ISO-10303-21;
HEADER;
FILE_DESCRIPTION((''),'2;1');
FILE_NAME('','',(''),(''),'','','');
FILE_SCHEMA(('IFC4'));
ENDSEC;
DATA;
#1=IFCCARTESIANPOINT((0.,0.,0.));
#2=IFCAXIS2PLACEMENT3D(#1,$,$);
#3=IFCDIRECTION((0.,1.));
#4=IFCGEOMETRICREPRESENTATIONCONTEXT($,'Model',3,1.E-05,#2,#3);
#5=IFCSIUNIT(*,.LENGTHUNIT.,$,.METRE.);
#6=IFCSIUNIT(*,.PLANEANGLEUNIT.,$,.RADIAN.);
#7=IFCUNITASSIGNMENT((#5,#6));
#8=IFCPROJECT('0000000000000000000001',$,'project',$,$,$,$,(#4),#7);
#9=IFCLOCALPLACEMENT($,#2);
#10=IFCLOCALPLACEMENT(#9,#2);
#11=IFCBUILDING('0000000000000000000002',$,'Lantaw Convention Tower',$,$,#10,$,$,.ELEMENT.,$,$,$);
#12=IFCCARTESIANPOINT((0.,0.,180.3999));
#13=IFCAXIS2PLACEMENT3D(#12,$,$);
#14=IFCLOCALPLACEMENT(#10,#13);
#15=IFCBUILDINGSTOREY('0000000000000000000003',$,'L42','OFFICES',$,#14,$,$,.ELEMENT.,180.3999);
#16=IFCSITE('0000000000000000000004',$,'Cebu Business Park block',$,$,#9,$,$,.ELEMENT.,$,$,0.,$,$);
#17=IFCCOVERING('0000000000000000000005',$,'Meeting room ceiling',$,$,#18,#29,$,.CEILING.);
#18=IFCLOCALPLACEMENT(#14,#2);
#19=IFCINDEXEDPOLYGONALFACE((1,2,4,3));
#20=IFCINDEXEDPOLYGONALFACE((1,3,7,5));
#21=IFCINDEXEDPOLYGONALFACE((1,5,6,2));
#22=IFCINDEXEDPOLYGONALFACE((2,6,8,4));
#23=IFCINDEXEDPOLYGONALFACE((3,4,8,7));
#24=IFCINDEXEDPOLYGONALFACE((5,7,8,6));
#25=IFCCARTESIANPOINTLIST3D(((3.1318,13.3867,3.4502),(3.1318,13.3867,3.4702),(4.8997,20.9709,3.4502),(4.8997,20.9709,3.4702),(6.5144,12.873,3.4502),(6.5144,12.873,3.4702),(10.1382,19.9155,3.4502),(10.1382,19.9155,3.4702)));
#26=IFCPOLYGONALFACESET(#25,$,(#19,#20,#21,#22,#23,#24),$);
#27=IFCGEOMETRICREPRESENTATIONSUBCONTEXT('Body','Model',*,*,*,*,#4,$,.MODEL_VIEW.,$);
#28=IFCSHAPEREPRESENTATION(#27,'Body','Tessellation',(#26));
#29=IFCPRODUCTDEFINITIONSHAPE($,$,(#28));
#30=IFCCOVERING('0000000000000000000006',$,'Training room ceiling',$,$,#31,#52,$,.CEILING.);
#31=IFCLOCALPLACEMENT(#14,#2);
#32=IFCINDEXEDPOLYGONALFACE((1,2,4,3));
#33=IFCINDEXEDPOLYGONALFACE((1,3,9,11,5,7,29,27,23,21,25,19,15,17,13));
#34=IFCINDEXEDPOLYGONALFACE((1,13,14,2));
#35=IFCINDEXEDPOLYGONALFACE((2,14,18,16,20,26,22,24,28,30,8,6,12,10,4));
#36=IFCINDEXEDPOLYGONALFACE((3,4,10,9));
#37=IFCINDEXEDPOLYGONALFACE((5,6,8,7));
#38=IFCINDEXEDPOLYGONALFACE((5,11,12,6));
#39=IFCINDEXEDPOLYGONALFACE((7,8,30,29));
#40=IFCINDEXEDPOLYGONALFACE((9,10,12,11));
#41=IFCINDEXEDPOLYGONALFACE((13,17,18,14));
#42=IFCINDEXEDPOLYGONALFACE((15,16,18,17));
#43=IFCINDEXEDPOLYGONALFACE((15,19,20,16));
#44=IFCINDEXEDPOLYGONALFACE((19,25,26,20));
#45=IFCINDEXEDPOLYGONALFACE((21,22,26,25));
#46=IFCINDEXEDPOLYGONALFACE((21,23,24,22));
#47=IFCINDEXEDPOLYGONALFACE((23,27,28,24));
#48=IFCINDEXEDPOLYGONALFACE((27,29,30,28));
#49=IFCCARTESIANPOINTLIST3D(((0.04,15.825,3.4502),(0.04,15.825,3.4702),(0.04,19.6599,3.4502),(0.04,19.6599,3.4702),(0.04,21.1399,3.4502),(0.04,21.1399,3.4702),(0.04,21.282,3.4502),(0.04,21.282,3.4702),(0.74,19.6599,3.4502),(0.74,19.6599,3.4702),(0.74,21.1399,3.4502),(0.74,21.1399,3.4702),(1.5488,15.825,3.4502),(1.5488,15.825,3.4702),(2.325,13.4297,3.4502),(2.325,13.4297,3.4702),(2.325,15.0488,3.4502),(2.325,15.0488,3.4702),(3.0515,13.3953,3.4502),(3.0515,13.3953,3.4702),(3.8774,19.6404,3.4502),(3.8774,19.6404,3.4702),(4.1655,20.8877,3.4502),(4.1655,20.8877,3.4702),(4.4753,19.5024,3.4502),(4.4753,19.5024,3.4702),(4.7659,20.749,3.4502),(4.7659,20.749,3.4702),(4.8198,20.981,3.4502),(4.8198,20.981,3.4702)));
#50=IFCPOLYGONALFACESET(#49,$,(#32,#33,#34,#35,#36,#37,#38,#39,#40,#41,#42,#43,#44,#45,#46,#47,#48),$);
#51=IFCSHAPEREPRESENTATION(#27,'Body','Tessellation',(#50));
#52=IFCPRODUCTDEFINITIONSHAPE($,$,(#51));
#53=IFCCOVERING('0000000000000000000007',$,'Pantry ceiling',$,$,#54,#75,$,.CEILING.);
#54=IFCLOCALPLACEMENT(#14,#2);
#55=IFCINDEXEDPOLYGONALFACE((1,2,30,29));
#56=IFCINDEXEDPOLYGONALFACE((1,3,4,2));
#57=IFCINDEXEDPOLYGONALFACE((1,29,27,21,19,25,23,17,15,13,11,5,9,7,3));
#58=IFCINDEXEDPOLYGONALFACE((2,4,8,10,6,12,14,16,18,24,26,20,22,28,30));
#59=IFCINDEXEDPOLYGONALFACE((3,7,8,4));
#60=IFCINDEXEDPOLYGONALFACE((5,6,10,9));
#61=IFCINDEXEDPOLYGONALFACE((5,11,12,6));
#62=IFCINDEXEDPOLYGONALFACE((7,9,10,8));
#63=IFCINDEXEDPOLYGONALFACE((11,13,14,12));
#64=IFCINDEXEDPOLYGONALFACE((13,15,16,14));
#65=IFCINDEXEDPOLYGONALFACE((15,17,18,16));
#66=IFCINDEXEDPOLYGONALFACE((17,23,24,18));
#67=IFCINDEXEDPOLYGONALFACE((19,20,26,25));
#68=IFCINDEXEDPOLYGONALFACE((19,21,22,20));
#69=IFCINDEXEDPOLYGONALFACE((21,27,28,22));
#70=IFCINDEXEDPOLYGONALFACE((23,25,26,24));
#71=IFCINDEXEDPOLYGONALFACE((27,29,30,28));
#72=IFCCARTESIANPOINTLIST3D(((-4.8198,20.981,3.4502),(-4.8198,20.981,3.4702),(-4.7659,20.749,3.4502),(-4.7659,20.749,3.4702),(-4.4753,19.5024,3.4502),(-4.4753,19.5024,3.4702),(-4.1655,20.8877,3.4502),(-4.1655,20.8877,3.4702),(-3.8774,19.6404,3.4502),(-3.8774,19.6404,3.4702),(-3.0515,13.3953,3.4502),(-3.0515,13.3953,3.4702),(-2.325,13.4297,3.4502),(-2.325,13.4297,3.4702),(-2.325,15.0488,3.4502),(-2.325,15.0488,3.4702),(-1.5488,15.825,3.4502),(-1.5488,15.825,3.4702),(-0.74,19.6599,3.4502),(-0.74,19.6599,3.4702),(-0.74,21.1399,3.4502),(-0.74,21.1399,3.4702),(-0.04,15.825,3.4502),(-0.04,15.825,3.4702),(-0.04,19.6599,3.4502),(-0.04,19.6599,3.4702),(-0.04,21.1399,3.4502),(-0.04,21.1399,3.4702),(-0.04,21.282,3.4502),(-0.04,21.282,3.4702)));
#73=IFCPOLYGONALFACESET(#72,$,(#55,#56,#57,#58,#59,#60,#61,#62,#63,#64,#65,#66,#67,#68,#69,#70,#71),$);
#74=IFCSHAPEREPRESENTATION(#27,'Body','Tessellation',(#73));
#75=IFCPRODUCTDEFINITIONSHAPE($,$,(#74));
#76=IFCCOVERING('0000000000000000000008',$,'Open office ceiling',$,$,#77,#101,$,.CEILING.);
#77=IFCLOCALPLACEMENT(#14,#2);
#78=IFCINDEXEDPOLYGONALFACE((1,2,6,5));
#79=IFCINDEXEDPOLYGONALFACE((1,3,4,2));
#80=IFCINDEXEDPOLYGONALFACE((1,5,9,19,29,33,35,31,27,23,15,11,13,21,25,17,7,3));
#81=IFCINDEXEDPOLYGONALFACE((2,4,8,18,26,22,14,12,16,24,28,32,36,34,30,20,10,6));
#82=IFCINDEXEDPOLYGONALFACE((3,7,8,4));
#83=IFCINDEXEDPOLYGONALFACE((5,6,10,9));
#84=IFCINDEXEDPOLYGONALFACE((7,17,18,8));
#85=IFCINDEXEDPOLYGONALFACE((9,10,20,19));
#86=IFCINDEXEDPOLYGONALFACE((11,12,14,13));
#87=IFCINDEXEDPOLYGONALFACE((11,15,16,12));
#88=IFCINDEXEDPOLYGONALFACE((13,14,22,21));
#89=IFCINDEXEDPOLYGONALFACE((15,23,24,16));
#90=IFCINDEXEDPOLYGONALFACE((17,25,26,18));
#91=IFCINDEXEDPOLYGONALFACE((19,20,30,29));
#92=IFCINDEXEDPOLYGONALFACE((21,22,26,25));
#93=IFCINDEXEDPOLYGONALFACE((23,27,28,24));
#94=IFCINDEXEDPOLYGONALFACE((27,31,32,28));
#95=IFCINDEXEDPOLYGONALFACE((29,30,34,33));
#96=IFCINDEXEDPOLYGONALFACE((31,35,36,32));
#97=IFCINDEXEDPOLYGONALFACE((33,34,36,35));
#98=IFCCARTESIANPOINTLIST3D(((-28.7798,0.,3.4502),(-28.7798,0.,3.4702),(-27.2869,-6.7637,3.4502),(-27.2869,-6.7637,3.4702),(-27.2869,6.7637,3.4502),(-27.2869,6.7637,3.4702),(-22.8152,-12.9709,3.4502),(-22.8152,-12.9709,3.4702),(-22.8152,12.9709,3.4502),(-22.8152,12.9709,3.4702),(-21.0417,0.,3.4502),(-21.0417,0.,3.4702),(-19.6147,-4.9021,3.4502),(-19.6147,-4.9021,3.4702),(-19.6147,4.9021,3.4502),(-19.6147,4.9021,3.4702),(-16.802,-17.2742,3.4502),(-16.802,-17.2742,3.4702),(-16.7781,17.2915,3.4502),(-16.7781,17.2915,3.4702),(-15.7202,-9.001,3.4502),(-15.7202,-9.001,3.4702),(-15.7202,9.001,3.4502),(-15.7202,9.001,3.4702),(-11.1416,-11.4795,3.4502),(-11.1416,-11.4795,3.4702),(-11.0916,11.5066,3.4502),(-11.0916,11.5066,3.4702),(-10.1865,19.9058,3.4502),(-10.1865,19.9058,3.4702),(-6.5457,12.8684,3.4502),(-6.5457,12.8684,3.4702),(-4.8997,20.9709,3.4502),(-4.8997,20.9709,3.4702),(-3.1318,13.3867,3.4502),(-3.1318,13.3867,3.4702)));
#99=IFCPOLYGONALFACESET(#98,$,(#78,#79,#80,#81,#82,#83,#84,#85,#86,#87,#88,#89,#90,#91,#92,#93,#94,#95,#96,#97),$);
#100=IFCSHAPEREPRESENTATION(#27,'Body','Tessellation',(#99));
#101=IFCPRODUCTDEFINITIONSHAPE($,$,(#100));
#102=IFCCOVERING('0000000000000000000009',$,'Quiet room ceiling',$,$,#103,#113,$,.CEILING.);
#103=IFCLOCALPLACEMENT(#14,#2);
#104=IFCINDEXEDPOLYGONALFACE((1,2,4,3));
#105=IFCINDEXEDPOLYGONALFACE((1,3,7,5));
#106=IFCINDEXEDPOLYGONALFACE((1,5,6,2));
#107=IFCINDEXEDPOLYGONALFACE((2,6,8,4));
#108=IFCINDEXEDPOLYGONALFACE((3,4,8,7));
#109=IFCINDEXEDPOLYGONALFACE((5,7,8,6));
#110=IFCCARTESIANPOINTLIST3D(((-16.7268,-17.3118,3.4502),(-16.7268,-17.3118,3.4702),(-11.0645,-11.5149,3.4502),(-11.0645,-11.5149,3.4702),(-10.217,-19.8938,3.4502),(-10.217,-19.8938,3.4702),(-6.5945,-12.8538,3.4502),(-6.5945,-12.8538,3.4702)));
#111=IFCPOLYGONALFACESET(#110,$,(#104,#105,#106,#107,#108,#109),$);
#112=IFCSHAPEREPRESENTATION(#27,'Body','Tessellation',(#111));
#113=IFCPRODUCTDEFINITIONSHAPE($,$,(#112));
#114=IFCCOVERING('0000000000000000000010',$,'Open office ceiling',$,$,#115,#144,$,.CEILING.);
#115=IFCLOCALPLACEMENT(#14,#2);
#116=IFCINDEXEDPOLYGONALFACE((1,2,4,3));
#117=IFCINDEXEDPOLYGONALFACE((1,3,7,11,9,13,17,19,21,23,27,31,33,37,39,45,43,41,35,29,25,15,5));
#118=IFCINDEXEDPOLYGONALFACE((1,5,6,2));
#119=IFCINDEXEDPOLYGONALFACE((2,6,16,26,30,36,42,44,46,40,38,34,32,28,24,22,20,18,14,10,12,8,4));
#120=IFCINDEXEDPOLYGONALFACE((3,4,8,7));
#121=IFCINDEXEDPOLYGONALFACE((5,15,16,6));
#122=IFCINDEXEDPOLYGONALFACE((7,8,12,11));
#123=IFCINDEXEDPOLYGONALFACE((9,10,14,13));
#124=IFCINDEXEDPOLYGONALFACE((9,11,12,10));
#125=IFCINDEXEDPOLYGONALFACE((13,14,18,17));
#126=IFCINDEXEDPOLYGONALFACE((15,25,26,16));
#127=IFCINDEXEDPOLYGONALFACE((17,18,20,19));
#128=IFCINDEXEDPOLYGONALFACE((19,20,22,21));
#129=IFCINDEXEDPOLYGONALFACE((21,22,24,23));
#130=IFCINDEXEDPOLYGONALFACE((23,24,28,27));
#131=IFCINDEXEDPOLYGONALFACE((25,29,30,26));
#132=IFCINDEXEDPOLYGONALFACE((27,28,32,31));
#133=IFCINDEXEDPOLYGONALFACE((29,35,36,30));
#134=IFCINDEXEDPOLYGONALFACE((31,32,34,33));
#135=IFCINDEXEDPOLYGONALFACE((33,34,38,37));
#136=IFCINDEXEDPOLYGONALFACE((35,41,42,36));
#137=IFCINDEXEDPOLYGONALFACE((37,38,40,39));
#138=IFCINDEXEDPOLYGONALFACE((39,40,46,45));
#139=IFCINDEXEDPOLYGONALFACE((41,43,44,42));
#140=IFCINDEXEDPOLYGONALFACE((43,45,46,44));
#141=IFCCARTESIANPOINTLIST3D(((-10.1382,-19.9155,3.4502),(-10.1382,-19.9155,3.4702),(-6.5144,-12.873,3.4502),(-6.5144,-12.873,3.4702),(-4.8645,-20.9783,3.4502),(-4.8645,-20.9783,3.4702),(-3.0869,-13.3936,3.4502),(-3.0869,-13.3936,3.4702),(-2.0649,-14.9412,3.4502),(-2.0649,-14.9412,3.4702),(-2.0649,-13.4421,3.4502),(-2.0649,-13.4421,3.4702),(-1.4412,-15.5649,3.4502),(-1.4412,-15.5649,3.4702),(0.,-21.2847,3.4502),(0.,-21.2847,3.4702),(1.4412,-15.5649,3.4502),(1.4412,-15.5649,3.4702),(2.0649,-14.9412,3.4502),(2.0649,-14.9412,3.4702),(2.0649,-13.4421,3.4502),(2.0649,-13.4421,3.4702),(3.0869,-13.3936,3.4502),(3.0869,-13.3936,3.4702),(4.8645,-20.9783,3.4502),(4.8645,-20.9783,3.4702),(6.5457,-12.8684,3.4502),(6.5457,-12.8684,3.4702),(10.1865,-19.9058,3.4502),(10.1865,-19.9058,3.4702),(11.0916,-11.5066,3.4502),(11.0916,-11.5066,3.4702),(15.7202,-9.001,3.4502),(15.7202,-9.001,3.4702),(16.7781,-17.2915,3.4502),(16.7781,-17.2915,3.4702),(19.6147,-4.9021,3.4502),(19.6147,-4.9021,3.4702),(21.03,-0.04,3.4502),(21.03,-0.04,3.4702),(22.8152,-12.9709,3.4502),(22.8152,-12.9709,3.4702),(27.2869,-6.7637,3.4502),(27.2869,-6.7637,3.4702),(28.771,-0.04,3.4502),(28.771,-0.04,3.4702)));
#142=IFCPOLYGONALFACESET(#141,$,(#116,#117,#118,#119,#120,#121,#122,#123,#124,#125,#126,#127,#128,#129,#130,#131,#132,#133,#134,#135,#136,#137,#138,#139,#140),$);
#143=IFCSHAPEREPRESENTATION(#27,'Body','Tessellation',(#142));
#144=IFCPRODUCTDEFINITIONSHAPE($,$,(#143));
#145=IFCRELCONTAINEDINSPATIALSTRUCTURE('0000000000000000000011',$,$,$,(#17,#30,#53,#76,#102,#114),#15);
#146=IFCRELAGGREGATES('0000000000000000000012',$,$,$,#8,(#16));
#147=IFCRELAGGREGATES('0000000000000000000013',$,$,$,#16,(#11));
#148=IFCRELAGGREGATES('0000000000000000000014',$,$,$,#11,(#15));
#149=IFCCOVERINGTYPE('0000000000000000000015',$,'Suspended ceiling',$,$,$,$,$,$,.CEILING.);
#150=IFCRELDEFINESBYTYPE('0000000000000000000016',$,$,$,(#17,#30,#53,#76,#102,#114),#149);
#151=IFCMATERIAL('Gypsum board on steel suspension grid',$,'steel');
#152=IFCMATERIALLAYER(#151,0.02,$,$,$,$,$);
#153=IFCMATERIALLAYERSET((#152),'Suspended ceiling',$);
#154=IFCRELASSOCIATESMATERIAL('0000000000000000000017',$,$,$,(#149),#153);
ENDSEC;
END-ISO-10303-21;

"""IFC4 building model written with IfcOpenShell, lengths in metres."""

from ifc_helpers import new_model, si_unit, direction, frame, origin, place, context, subcontext, project, spatial, polyline, outline, extrude, material, layer, layer_set, type_object, element, save


model = new_model("IFC4")

# Units and contexts
model_context = context("Model", 3, precision=1e-05, world=origin(), true_north=direction((0.0, 1.0)))
body_context = subcontext(model_context, "Body", "Model", "MODEL_VIEW")
ifc_project = project(units=[si_unit("LENGTHUNIT", "METRE"), si_unit("PLANEANGLEUNIT", "RADIAN")], contexts=[model_context])

# Site, building, storey
site_placement = place(None, origin())
site = spatial("IfcSite", under=ifc_project, at=site_placement, Name="Cebu Business Park block", CompositionType="ELEMENT", RefElevation=0.0)
building_placement = place(site_placement, origin())
building = spatial("IfcBuilding", under=site, at=building_placement, Name="Lantaw Convention Tower", CompositionType="ELEMENT")
storey_placement = place(building_placement, frame((0.0, 0.0, 180.3999)))
storey = spatial("IfcBuildingStorey", under=building, at=storey_placement, Name="L42", Description="OFFICES", CompositionType="ELEMENT", Elevation=180.3999)

# Coverings
ifc_material_1 = material(Name="Gypsum board on steel suspension grid", Category="steel")
ifc_layer_1 = layer(ifc_material_1, 0.02)
ifc_layer_set_1 = layer_set([ifc_layer_1], Name="Suspended ceiling")
covering_type = type_object("IfcCoveringType", Name="Suspended ceiling", PredefinedType="CEILING", material=ifc_layer_set_1)
covering_1_placement = place(storey_placement, frame((0.0, 0.0, 3.4502)))
element("IfcCovering", 1, at=covering_1_placement, inside=storey, type_object=covering_type, Name="Meeting room ceiling", PredefinedType="CEILING", context=body_context, shape_type="SweptSolid", body=[
    extrude(outline(polyline([(6.5144, 12.873), (10.1382, 19.9155), (4.8997, 20.9709), (3.1318, 13.3867), (6.5144, 12.873)])), origin(), (0.0, 0.0, 1.0), 0.02),
])
covering_2_placement = place(storey_placement, frame((0.0, 0.0, 3.4502)))
element("IfcCovering", 2, at=covering_2_placement, inside=storey, type_object=covering_type, Name="Training room ceiling", PredefinedType="CEILING", context=body_context, shape_type="SweptSolid", body=[
    extrude(outline(polyline([(2.325, 15.0488), (2.325, 13.4297), (3.0515, 13.3953), (4.4753, 19.5024), (3.8774, 19.6404), (4.1655, 20.8877), (4.7659, 20.749), (4.8198, 20.981), (0.04, 21.282), (0.04, 21.1399), (0.74, 21.1399), (0.74, 19.6599), (0.04, 19.6599), (0.04, 15.825), (1.5488, 15.825), (2.325, 15.0488)])), origin(), (0.0, 0.0, 1.0), 0.02),
])
covering_3_placement = place(storey_placement, frame((0.0, 0.0, 3.4502)))
element("IfcCovering", 3, at=covering_3_placement, inside=storey, type_object=covering_type, Name="Pantry ceiling", PredefinedType="CEILING", context=body_context, shape_type="SweptSolid", body=[
    extrude(outline(polyline([(-4.4753, 19.5024), (-3.0515, 13.3953), (-2.325, 13.4297), (-2.325, 15.0488), (-1.5488, 15.825), (-0.04, 15.825), (-0.04, 19.6599), (-0.74, 19.6599), (-0.74, 21.1399), (-0.04, 21.1399), (-0.04, 21.282), (-4.8198, 20.981), (-4.7659, 20.749), (-4.1655, 20.8877), (-3.8774, 19.6404), (-4.4753, 19.5024)])), origin(), (0.0, 0.0, 1.0), 0.02),
])
covering_4_placement = place(storey_placement, frame((0.0, 0.0, 3.4502)))
element("IfcCovering", 4, at=covering_4_placement, inside=storey, type_object=covering_type, Name="Open office ceiling", PredefinedType="CEILING", context=body_context, shape_type="SweptSolid", body=[
    extrude(outline(polyline([(-3.1318, 13.3867), (-4.8997, 20.9709), (-10.1865, 19.9058), (-16.7781, 17.2915), (-22.8152, 12.9709), (-27.2869, 6.7637), (-28.7798, 0.0), (-27.2869, -6.7637), (-22.8152, -12.9709), (-16.802, -17.2742), (-11.1416, -11.4795), (-15.7202, -9.001), (-19.6147, -4.9021), (-21.0417, 0.0), (-19.6147, 4.9021), (-15.7202, 9.001), (-11.0916, 11.5066), (-6.5457, 12.8684), (-3.1318, 13.3867)])), origin(), (0.0, 0.0, 1.0), 0.02),
])
covering_5_placement = place(storey_placement, frame((0.0, 0.0, 3.4502)))
element("IfcCovering", 5, at=covering_5_placement, inside=storey, type_object=covering_type, Name="Quiet room ceiling", PredefinedType="CEILING", context=body_context, shape_type="SweptSolid", body=[
    extrude(outline(polyline([(-11.0645, -11.5149), (-16.7268, -17.3118), (-10.217, -19.8938), (-6.5945, -12.8538), (-11.0645, -11.5149)])), origin(), (0.0, 0.0, 1.0), 0.02),
])
covering_6_placement = place(storey_placement, frame((0.0, 0.0, 3.4502)))
element("IfcCovering", 6, at=covering_6_placement, inside=storey, type_object=covering_type, Name="Open office ceiling", PredefinedType="CEILING", context=body_context, shape_type="SweptSolid", body=[
    extrude(outline(polyline([(-3.0869, -13.3936), (-6.5144, -12.873), (-10.1382, -19.9155), (-4.8645, -20.9783), (0.0, -21.2847), (4.8645, -20.9783), (10.1865, -19.9058), (16.7781, -17.2915), (22.8152, -12.9709), (27.2869, -6.7637), (28.771, -0.04), (21.03, -0.04), (19.6147, -4.9021), (15.7202, -9.001), (11.0916, -11.5066), (6.5457, -12.8684), (3.0869, -13.3936), (2.0649, -13.4421), (2.0649, -14.9412), (1.4412, -15.5649), (-1.4412, -15.5649), (-2.0649, -14.9412), (-2.0649, -13.4421), (-3.0869, -13.3936)])), origin(), (0.0, 0.0, 1.0), 0.02),
])

save(model, "model.ifc")
